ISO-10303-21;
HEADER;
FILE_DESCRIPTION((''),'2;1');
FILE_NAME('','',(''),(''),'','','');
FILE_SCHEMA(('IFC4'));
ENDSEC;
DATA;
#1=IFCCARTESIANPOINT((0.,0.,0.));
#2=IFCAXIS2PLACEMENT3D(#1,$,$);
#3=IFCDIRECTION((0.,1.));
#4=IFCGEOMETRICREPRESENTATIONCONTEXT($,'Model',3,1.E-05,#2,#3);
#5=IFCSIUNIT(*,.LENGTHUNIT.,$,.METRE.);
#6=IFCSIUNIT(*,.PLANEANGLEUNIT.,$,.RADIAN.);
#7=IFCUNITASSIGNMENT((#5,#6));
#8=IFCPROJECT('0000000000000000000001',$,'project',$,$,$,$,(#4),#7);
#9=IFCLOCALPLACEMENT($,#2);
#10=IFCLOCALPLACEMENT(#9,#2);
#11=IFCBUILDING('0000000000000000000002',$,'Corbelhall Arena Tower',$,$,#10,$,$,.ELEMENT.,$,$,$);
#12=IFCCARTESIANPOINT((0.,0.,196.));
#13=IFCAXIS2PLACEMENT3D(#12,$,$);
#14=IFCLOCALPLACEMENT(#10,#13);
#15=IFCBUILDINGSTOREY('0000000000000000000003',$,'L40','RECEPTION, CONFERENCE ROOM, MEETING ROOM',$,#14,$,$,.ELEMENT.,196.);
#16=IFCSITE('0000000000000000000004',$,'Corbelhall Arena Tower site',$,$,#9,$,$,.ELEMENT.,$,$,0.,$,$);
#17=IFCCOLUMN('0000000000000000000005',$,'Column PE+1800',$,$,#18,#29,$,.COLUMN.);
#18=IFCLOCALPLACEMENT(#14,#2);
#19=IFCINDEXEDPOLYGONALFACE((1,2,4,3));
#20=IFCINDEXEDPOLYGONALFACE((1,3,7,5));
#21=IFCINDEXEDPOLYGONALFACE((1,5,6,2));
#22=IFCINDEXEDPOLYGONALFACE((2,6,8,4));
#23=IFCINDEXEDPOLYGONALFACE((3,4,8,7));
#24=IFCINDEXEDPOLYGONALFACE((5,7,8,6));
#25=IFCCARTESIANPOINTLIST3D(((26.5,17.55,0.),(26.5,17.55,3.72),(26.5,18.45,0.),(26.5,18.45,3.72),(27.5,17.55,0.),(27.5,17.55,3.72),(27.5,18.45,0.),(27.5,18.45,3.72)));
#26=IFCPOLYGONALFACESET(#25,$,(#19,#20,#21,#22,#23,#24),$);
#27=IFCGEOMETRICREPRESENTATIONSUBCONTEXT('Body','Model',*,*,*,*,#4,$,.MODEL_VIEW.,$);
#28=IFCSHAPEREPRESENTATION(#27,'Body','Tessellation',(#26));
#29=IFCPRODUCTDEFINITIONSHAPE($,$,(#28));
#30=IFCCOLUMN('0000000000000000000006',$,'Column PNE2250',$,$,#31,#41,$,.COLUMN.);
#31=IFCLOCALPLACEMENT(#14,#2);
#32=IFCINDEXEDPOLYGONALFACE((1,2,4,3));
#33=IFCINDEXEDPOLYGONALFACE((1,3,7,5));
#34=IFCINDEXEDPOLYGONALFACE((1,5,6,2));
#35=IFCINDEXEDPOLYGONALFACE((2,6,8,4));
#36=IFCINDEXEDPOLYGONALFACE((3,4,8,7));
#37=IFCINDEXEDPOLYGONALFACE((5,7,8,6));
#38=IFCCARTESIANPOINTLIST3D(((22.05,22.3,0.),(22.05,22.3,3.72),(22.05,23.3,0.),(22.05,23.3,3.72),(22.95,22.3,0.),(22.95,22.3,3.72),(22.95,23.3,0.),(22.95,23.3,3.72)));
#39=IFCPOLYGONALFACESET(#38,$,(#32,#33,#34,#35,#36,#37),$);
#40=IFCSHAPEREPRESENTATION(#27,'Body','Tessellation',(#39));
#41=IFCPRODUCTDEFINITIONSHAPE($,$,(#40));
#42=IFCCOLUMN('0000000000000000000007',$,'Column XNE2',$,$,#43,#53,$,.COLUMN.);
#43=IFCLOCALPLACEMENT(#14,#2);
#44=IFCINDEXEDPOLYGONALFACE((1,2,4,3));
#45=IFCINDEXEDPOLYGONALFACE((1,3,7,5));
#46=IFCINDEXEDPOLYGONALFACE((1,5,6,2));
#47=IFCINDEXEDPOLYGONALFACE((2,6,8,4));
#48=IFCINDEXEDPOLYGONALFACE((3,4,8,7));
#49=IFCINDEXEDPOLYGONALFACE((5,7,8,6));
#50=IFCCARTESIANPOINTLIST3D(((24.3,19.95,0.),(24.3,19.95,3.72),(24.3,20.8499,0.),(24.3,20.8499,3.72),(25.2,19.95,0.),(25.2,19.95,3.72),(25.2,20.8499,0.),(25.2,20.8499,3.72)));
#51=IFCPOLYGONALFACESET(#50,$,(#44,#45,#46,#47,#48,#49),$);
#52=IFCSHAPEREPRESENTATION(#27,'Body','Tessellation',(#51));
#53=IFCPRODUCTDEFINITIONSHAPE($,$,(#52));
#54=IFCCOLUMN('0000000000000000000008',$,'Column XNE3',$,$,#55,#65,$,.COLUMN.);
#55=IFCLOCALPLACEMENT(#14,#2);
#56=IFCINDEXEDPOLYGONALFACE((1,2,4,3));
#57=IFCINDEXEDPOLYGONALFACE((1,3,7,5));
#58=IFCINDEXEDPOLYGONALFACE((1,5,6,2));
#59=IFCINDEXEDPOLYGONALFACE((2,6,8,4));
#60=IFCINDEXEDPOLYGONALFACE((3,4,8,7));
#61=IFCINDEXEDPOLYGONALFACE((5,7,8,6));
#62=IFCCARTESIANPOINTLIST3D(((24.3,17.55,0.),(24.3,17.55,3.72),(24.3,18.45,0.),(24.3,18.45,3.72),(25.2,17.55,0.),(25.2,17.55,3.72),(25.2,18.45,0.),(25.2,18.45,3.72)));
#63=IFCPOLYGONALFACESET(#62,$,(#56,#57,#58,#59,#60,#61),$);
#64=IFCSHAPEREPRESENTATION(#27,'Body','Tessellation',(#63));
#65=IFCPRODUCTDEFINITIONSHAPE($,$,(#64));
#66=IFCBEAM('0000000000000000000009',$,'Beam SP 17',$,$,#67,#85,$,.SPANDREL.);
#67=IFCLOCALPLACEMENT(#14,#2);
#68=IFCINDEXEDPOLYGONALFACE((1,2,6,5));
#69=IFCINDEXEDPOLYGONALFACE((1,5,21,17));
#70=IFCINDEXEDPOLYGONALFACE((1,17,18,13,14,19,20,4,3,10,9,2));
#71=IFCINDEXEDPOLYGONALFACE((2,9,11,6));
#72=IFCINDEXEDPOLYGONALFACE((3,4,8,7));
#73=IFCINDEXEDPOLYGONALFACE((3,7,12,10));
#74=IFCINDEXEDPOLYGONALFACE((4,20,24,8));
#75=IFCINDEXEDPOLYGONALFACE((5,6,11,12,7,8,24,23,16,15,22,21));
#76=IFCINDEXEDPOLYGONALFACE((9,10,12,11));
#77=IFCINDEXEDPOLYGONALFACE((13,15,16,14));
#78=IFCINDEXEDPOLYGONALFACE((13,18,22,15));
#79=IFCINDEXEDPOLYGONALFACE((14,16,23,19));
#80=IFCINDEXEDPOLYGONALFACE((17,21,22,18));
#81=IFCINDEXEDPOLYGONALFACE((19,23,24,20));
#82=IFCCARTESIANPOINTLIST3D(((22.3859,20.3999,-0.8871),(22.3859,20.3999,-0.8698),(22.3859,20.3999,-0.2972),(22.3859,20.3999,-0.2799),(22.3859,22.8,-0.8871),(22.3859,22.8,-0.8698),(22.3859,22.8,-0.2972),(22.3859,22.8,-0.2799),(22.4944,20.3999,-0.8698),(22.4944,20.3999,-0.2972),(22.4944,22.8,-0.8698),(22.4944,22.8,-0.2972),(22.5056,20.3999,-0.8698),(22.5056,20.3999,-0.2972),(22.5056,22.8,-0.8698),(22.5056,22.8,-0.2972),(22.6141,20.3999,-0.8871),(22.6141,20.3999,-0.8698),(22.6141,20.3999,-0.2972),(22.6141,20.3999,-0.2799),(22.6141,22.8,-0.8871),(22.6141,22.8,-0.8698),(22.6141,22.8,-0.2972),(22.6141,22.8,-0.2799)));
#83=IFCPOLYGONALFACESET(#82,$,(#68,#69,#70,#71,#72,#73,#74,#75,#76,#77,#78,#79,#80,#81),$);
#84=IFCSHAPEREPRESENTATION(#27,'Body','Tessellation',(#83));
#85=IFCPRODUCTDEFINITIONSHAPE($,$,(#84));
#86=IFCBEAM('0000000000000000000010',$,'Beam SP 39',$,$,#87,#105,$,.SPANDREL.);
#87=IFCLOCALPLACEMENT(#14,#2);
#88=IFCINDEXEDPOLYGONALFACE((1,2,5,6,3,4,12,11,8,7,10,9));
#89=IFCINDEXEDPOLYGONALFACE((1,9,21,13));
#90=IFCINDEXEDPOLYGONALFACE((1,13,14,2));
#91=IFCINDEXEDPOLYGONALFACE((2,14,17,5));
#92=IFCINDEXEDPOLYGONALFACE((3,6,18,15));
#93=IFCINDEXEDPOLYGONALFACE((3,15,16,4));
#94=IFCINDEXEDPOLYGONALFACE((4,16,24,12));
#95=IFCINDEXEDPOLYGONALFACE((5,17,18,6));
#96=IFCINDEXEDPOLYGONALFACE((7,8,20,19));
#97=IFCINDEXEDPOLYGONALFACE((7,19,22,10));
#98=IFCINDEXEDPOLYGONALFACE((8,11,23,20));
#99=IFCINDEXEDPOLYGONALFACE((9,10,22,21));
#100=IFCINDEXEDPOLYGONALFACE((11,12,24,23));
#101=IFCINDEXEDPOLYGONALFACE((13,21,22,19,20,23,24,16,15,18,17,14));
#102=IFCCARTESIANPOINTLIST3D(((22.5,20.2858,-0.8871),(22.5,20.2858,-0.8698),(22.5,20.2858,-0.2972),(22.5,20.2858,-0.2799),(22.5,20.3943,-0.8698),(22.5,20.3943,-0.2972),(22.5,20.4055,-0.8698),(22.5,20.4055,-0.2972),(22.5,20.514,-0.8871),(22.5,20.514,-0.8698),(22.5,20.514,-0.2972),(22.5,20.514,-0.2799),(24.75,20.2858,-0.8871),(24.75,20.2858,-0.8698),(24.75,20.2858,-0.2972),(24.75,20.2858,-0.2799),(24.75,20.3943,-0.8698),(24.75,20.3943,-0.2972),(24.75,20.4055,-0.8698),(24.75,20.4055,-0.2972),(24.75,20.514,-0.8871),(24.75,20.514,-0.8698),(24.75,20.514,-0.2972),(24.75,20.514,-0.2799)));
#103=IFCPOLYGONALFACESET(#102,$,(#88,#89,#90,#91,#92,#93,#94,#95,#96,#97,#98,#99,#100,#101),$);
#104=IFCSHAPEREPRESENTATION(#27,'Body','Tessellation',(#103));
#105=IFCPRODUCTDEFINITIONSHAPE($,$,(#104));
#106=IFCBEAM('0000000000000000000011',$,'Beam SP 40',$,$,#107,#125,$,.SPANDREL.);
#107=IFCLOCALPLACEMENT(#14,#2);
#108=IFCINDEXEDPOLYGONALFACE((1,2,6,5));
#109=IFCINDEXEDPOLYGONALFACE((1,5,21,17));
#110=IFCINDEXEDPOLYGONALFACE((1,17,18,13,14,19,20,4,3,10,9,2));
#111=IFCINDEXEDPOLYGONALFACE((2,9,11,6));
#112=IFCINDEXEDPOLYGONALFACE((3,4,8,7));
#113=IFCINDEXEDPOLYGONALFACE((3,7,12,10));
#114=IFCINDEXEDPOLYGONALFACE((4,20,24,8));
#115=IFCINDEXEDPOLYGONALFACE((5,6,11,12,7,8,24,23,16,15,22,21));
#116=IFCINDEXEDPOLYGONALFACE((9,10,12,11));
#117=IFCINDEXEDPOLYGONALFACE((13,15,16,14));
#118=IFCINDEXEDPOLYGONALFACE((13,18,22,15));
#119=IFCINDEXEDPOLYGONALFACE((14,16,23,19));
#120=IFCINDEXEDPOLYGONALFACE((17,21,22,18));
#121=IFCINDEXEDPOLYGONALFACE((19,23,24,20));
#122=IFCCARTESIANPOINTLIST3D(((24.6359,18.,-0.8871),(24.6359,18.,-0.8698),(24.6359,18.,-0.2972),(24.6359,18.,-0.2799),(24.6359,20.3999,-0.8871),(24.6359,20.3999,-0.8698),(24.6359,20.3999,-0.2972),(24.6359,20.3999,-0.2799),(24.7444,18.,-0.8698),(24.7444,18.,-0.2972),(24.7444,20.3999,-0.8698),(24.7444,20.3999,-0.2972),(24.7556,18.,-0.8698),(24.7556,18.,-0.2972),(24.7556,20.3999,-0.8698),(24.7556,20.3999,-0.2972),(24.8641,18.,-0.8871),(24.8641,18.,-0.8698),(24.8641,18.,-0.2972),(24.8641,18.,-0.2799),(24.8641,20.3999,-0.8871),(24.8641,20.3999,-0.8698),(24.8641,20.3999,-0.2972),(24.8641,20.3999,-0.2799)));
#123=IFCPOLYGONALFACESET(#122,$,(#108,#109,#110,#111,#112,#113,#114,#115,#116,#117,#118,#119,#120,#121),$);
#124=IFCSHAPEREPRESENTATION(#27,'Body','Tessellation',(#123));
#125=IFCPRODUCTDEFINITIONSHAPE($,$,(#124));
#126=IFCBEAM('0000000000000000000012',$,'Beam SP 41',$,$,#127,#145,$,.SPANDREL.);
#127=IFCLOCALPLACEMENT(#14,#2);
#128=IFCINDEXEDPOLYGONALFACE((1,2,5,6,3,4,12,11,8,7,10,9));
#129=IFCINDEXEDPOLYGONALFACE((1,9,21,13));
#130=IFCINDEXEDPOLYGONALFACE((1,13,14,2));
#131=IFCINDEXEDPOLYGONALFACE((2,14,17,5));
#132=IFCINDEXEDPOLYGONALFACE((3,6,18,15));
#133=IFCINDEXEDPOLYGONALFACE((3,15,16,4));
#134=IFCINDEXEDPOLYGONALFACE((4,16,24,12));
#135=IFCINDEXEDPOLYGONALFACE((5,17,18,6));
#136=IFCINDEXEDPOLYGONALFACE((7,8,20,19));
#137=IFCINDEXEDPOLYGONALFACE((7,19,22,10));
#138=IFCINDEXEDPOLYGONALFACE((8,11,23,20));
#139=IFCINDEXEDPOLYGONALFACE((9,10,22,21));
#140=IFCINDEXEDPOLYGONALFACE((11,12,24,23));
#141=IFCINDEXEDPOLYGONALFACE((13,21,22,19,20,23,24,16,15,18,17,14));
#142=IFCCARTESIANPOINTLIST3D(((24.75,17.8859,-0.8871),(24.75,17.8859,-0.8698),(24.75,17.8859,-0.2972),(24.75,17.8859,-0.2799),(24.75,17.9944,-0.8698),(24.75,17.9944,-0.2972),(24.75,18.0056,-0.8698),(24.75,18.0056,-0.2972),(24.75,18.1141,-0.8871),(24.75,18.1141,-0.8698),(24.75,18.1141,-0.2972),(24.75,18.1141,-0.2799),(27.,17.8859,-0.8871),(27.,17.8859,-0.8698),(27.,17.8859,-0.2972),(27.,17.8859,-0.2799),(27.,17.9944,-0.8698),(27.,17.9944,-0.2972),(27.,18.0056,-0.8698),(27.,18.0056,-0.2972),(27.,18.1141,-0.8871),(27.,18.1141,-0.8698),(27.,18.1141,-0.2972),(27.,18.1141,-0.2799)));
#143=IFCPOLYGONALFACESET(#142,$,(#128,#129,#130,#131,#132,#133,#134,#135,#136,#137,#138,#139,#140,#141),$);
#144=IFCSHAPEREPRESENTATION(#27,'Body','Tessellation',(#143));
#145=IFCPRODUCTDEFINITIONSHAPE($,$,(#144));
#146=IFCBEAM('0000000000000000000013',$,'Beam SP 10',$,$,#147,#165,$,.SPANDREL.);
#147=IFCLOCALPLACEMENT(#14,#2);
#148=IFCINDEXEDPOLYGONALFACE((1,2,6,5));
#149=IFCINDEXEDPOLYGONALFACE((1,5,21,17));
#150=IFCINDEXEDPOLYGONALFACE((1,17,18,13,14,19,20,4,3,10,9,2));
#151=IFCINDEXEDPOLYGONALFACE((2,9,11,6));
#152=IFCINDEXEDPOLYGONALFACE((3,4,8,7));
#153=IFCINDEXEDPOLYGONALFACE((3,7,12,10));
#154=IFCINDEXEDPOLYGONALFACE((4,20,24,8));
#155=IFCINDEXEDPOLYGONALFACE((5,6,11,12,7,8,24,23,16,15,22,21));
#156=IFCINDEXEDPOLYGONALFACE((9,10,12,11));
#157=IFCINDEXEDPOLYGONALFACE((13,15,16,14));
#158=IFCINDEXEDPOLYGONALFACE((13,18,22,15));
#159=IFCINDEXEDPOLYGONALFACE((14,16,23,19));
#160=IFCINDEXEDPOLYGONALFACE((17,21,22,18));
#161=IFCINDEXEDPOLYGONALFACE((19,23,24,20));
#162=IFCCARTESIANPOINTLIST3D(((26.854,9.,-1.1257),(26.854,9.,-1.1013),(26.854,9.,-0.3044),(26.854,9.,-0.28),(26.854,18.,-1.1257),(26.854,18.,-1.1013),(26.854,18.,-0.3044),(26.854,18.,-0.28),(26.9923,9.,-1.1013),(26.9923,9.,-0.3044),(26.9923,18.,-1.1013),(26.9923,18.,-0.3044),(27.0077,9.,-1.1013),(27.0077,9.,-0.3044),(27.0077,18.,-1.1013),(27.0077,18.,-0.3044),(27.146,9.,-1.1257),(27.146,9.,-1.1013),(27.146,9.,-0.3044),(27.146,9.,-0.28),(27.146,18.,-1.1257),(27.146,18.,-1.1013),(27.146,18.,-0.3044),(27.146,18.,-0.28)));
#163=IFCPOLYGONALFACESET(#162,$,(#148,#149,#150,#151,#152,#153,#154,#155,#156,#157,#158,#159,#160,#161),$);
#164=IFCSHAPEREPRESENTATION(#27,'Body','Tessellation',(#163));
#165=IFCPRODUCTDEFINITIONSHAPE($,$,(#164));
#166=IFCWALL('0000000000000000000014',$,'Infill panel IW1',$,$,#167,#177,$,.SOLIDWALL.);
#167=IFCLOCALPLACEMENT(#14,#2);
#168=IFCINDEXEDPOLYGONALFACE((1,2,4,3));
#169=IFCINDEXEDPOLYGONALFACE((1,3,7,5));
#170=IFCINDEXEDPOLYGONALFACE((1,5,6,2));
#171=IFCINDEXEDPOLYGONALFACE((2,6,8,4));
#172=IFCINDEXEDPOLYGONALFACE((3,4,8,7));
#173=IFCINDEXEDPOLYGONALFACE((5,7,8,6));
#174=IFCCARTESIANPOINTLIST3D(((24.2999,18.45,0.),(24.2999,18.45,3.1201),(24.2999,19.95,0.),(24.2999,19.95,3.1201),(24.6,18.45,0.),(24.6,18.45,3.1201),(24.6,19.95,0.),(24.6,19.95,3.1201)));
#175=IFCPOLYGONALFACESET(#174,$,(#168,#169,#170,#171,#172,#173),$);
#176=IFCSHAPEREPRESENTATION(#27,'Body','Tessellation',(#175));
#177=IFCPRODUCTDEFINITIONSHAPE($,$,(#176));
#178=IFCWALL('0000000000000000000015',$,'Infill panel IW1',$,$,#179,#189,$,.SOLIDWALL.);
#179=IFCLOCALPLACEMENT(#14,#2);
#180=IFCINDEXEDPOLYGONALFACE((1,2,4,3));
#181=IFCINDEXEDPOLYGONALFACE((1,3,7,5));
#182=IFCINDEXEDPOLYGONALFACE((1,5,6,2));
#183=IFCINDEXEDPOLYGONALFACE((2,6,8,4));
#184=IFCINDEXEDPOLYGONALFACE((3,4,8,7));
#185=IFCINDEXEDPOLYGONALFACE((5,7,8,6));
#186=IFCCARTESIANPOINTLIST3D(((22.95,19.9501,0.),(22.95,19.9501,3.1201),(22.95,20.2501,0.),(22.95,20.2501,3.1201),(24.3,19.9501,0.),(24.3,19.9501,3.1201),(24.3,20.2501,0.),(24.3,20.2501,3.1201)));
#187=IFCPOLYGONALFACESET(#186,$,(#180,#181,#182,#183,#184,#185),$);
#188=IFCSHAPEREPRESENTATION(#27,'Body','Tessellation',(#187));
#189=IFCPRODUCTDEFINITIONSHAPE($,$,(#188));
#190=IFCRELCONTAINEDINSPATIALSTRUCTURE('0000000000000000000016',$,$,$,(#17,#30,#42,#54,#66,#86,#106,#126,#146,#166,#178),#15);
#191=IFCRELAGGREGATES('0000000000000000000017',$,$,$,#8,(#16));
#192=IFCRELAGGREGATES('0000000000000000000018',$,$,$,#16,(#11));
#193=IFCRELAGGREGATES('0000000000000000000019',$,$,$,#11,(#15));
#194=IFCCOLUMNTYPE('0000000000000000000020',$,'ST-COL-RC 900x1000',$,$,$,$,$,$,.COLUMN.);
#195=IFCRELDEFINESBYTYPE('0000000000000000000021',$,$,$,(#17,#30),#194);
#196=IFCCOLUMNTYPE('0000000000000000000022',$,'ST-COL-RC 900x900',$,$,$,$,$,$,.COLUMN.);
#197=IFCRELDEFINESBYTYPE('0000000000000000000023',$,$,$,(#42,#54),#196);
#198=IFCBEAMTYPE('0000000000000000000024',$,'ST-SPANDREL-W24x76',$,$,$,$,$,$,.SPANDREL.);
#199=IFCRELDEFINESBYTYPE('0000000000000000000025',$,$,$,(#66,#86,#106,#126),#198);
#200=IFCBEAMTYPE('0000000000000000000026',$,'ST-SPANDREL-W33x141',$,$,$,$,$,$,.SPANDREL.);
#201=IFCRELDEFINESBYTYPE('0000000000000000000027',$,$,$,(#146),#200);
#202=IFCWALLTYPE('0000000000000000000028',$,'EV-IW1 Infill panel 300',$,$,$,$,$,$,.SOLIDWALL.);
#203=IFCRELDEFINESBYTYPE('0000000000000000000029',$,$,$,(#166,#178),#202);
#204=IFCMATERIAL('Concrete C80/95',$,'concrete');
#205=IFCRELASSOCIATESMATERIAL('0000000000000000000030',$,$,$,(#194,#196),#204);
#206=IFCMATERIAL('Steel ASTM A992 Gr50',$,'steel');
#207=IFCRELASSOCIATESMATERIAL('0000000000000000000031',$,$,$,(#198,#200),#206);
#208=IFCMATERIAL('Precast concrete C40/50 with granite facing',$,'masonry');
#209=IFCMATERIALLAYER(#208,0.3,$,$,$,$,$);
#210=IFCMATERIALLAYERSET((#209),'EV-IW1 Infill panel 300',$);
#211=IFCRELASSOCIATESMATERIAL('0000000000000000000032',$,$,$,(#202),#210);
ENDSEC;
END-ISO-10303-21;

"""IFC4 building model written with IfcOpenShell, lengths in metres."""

from ifc_helpers import new_model, si_unit, direction, frame, frame_2d, origin, origin_2d, place, context, subcontext, project, spatial, rectangle, i_section, extrude, material, layer, layer_set, material_profile, profile_set, type_object, element, save


model = new_model("IFC4")

# Units and contexts
model_context = context("Model", 3, precision=1e-05, world=origin(), true_north=direction((0.0, 1.0)))
body_context = subcontext(model_context, "Body", "Model", "MODEL_VIEW")
ifc_project = project(units=[si_unit("LENGTHUNIT", "METRE"), si_unit("PLANEANGLEUNIT", "RADIAN")], contexts=[model_context])

# Site, building, storey
site_placement = place(None, origin())
site = spatial("IfcSite", under=ifc_project, at=site_placement, Name="Corbelhall Arena Tower site", CompositionType="ELEMENT", RefElevation=0.0)
building_placement = place(site_placement, origin())
building = spatial("IfcBuilding", under=site, at=building_placement, Name="Corbelhall Arena Tower", CompositionType="ELEMENT")
storey_placement = place(building_placement, frame((0.0, 0.0, 196.0)))
storey = spatial("IfcBuildingStorey", under=building, at=storey_placement, Name="L40", Description="RECEPTION, CONFERENCE ROOM, MEETING ROOM", CompositionType="ELEMENT", Elevation=196.0)

# Columns
ifc_material_1 = material(Name="Concrete C80/95", Category="concrete")
ifc_material_profile_1 = material_profile(ifc_material_1, rectangle(XDim=0.8999, YDim=1.0, at=origin_2d()))
ifc_profile_set_1 = profile_set([ifc_material_profile_1], Name="Concrete C80/95")
column_type_1 = type_object("IfcColumnType", Name="ST-COL-RC 900x1000", PredefinedType="COLUMN", material=ifc_profile_set_1)
for number, where, z_axis, x_axis, name in (
    (1, (27.0, 18.0, 0.0), (0.0, 0.0, 1.0), (0.0, 1.0, 0.0), "Column PE+1800"),
    (2, (22.5, 22.8, 0.0), (0.0, 0.0, 1.0), (1.0, 0.0, 0.0), "Column PNE2250"),
):
    element("IfcColumn", number, at=place(storey_placement, frame(where, z_axis=z_axis, x_axis=x_axis)), inside=storey, type_object=column_type_1, Name=name, PredefinedType="COLUMN", context=body_context, shape_type="SweptSolid", body=[
        extrude(rectangle(XDim=0.8999, YDim=1.0, at=origin_2d()), origin(), (0.0, 0.0, 1.0), 3.72),
    ])
ifc_material_profile_2 = material_profile(ifc_material_1, rectangle(XDim=0.8999, YDim=0.8999, at=origin_2d()))
ifc_profile_set_2 = profile_set([ifc_material_profile_2], Name="Concrete C80/95")
column_type_2 = type_object("IfcColumnType", Name="ST-COL-RC 900x900", PredefinedType="COLUMN", material=ifc_profile_set_2)
for number, where, z_axis, x_axis, name in (
    (3, (24.75, 20.3999, 0.0), (0.0, 0.0, 1.0), (1.0, 0.0, 0.0), "Column XNE2"),
    (4, (24.75, 18.0, 0.0), (0.0, 0.0, 1.0), (1.0, 0.0, 0.0), "Column XNE3"),
):
    element("IfcColumn", number, at=place(storey_placement, frame(where, z_axis=z_axis, x_axis=x_axis)), inside=storey, type_object=column_type_2, Name=name, PredefinedType="COLUMN", context=body_context, shape_type="SweptSolid", body=[
        extrude(rectangle(XDim=0.8999, YDim=0.8999, at=origin_2d()), origin(), (0.0, 0.0, 1.0), 3.72),
    ])

# Beams
ifc_material_2 = material(Name="Steel ASTM A992 Gr50", Category="steel")
ifc_material_profile_3 = material_profile(ifc_material_2, i_section(OverallWidth=0.2283, OverallDepth=0.6072, WebThickness=0.0112, FlangeThickness=0.0173, at=origin_2d()))
ifc_profile_set_3 = profile_set([ifc_material_profile_3], Name="Steel ASTM A992 Gr50")
beam_type_1 = type_object("IfcBeamType", Name="ST-SPANDREL-W24x76", PredefinedType="SPANDREL", material=ifc_profile_set_3)
beam_1_placement = place(storey_placement, frame((22.5, 22.8, -0.5835), z_axis=(0.0, -1.0, 0.0), x_axis=(1.0, 0.0, 0.0)))
element("IfcBeam", 5, at=beam_1_placement, inside=storey, type_object=beam_type_1, Name="Beam SP 17", PredefinedType="SPANDREL", context=body_context, shape_type="SweptSolid", body=[
    extrude(i_section(OverallWidth=0.2283, OverallDepth=0.6072, WebThickness=0.0112, FlangeThickness=0.0173, at=origin_2d()), origin(), (0.0, 0.0, 1.0), 2.4001),
])
beam_2_placement = place(storey_placement, frame((22.5, 20.3999, -0.5835), z_axis=(1.0, 0.0, 0.0), x_axis=(0.0, 1.0, 0.0)))
element("IfcBeam", 6, at=beam_2_placement, inside=storey, type_object=beam_type_1, Name="Beam SP 39", PredefinedType="SPANDREL", context=body_context, shape_type="SweptSolid", body=[
    extrude(i_section(OverallWidth=0.2283, OverallDepth=0.6072, WebThickness=0.0112, FlangeThickness=0.0173, at=origin_2d()), origin(), (0.0, 0.0, 1.0), 2.25),
])
beam_3_placement = place(storey_placement, frame((24.75, 20.3999, -0.5835), z_axis=(0.0, -1.0, 0.0), x_axis=(1.0, 0.0, 0.0)))
element("IfcBeam", 7, at=beam_3_placement, inside=storey, type_object=beam_type_1, Name="Beam SP 40", PredefinedType="SPANDREL", context=body_context, shape_type="SweptSolid", body=[
    extrude(i_section(OverallWidth=0.2283, OverallDepth=0.6072, WebThickness=0.0112, FlangeThickness=0.0173, at=origin_2d()), origin(), (0.0, 0.0, 1.0), 2.3999),
])
beam_4_placement = place(storey_placement, frame((24.75, 18.0, -0.5835), z_axis=(1.0, 0.0, 0.0), x_axis=(0.0, 1.0, 0.0)))
element("IfcBeam", 8, at=beam_4_placement, inside=storey, type_object=beam_type_1, Name="Beam SP 41", PredefinedType="SPANDREL", context=body_context, shape_type="SweptSolid", body=[
    extrude(i_section(OverallWidth=0.2283, OverallDepth=0.6072, WebThickness=0.0112, FlangeThickness=0.0173, at=origin_2d()), origin(), (0.0, 0.0, 1.0), 2.25),
])
ifc_material_profile_4 = material_profile(ifc_material_2, i_section(OverallWidth=0.292, OverallDepth=0.8457, WebThickness=0.0154, FlangeThickness=0.0244, at=origin_2d()))
ifc_profile_set_4 = profile_set([ifc_material_profile_4], Name="Steel ASTM A992 Gr50")
beam_type_2 = type_object("IfcBeamType", Name="ST-SPANDREL-W33x141", PredefinedType="SPANDREL", material=ifc_profile_set_4)
beam_5_placement = place(storey_placement, frame((27.0, 18.0, -0.7029), z_axis=(0.0, -1.0, 0.0), x_axis=(1.0, 0.0, 0.0)))
element("IfcBeam", 9, at=beam_5_placement, inside=storey, type_object=beam_type_2, Name="Beam SP 10", PredefinedType="SPANDREL", context=body_context, shape_type="SweptSolid", body=[
    extrude(i_section(OverallWidth=0.292, OverallDepth=0.8457, WebThickness=0.0154, FlangeThickness=0.0244, at=origin_2d()), origin(), (0.0, 0.0, 1.0), 9.0),
])

# Walls
ifc_material_3 = material(Name="Precast concrete C40/50 with granite facing", Category="masonry")
ifc_layer_1 = layer(ifc_material_3, 0.3)
ifc_layer_set_1 = layer_set([ifc_layer_1], Name="EV-IW1 Infill panel 300")
wall_type_1 = type_object("IfcWallType", Name="EV-IW1 Infill panel 300", PredefinedType="SOLIDWALL", material=ifc_layer_set_1)
wall_1_placement = place(storey_placement, frame((24.45, 18.45, 0.0), z_axis=(0.0, 0.0, 1.0), x_axis=(0.0, 1.0, 0.0)))
element("IfcWall", 10, at=wall_1_placement, inside=storey, type_object=wall_type_1, Name="Infill panel IW1", PredefinedType="SOLIDWALL", context=body_context, shape_type="SweptSolid", body=[
    extrude(rectangle(XDim=1.5, YDim=0.3, at=frame_2d((0.75, 0.0))), origin(), (0.0, 0.0, 1.0), 3.1201),
])
wall_2_placement = place(storey_placement, frame((24.3, 20.1001, 0.0), z_axis=(0.0, 0.0, 1.0), x_axis=(-1.0, 0.0, 0.0)))
element("IfcWall", 11, at=wall_2_placement, inside=storey, type_object=wall_type_1, Name="Infill panel IW1", PredefinedType="SOLIDWALL", context=body_context, shape_type="SweptSolid", body=[
    extrude(rectangle(XDim=1.3501, YDim=0.3, at=frame_2d((0.675, 0.0))), origin(), (0.0, 0.0, 1.0), 3.1201),
])

save(model, "model.ifc")
